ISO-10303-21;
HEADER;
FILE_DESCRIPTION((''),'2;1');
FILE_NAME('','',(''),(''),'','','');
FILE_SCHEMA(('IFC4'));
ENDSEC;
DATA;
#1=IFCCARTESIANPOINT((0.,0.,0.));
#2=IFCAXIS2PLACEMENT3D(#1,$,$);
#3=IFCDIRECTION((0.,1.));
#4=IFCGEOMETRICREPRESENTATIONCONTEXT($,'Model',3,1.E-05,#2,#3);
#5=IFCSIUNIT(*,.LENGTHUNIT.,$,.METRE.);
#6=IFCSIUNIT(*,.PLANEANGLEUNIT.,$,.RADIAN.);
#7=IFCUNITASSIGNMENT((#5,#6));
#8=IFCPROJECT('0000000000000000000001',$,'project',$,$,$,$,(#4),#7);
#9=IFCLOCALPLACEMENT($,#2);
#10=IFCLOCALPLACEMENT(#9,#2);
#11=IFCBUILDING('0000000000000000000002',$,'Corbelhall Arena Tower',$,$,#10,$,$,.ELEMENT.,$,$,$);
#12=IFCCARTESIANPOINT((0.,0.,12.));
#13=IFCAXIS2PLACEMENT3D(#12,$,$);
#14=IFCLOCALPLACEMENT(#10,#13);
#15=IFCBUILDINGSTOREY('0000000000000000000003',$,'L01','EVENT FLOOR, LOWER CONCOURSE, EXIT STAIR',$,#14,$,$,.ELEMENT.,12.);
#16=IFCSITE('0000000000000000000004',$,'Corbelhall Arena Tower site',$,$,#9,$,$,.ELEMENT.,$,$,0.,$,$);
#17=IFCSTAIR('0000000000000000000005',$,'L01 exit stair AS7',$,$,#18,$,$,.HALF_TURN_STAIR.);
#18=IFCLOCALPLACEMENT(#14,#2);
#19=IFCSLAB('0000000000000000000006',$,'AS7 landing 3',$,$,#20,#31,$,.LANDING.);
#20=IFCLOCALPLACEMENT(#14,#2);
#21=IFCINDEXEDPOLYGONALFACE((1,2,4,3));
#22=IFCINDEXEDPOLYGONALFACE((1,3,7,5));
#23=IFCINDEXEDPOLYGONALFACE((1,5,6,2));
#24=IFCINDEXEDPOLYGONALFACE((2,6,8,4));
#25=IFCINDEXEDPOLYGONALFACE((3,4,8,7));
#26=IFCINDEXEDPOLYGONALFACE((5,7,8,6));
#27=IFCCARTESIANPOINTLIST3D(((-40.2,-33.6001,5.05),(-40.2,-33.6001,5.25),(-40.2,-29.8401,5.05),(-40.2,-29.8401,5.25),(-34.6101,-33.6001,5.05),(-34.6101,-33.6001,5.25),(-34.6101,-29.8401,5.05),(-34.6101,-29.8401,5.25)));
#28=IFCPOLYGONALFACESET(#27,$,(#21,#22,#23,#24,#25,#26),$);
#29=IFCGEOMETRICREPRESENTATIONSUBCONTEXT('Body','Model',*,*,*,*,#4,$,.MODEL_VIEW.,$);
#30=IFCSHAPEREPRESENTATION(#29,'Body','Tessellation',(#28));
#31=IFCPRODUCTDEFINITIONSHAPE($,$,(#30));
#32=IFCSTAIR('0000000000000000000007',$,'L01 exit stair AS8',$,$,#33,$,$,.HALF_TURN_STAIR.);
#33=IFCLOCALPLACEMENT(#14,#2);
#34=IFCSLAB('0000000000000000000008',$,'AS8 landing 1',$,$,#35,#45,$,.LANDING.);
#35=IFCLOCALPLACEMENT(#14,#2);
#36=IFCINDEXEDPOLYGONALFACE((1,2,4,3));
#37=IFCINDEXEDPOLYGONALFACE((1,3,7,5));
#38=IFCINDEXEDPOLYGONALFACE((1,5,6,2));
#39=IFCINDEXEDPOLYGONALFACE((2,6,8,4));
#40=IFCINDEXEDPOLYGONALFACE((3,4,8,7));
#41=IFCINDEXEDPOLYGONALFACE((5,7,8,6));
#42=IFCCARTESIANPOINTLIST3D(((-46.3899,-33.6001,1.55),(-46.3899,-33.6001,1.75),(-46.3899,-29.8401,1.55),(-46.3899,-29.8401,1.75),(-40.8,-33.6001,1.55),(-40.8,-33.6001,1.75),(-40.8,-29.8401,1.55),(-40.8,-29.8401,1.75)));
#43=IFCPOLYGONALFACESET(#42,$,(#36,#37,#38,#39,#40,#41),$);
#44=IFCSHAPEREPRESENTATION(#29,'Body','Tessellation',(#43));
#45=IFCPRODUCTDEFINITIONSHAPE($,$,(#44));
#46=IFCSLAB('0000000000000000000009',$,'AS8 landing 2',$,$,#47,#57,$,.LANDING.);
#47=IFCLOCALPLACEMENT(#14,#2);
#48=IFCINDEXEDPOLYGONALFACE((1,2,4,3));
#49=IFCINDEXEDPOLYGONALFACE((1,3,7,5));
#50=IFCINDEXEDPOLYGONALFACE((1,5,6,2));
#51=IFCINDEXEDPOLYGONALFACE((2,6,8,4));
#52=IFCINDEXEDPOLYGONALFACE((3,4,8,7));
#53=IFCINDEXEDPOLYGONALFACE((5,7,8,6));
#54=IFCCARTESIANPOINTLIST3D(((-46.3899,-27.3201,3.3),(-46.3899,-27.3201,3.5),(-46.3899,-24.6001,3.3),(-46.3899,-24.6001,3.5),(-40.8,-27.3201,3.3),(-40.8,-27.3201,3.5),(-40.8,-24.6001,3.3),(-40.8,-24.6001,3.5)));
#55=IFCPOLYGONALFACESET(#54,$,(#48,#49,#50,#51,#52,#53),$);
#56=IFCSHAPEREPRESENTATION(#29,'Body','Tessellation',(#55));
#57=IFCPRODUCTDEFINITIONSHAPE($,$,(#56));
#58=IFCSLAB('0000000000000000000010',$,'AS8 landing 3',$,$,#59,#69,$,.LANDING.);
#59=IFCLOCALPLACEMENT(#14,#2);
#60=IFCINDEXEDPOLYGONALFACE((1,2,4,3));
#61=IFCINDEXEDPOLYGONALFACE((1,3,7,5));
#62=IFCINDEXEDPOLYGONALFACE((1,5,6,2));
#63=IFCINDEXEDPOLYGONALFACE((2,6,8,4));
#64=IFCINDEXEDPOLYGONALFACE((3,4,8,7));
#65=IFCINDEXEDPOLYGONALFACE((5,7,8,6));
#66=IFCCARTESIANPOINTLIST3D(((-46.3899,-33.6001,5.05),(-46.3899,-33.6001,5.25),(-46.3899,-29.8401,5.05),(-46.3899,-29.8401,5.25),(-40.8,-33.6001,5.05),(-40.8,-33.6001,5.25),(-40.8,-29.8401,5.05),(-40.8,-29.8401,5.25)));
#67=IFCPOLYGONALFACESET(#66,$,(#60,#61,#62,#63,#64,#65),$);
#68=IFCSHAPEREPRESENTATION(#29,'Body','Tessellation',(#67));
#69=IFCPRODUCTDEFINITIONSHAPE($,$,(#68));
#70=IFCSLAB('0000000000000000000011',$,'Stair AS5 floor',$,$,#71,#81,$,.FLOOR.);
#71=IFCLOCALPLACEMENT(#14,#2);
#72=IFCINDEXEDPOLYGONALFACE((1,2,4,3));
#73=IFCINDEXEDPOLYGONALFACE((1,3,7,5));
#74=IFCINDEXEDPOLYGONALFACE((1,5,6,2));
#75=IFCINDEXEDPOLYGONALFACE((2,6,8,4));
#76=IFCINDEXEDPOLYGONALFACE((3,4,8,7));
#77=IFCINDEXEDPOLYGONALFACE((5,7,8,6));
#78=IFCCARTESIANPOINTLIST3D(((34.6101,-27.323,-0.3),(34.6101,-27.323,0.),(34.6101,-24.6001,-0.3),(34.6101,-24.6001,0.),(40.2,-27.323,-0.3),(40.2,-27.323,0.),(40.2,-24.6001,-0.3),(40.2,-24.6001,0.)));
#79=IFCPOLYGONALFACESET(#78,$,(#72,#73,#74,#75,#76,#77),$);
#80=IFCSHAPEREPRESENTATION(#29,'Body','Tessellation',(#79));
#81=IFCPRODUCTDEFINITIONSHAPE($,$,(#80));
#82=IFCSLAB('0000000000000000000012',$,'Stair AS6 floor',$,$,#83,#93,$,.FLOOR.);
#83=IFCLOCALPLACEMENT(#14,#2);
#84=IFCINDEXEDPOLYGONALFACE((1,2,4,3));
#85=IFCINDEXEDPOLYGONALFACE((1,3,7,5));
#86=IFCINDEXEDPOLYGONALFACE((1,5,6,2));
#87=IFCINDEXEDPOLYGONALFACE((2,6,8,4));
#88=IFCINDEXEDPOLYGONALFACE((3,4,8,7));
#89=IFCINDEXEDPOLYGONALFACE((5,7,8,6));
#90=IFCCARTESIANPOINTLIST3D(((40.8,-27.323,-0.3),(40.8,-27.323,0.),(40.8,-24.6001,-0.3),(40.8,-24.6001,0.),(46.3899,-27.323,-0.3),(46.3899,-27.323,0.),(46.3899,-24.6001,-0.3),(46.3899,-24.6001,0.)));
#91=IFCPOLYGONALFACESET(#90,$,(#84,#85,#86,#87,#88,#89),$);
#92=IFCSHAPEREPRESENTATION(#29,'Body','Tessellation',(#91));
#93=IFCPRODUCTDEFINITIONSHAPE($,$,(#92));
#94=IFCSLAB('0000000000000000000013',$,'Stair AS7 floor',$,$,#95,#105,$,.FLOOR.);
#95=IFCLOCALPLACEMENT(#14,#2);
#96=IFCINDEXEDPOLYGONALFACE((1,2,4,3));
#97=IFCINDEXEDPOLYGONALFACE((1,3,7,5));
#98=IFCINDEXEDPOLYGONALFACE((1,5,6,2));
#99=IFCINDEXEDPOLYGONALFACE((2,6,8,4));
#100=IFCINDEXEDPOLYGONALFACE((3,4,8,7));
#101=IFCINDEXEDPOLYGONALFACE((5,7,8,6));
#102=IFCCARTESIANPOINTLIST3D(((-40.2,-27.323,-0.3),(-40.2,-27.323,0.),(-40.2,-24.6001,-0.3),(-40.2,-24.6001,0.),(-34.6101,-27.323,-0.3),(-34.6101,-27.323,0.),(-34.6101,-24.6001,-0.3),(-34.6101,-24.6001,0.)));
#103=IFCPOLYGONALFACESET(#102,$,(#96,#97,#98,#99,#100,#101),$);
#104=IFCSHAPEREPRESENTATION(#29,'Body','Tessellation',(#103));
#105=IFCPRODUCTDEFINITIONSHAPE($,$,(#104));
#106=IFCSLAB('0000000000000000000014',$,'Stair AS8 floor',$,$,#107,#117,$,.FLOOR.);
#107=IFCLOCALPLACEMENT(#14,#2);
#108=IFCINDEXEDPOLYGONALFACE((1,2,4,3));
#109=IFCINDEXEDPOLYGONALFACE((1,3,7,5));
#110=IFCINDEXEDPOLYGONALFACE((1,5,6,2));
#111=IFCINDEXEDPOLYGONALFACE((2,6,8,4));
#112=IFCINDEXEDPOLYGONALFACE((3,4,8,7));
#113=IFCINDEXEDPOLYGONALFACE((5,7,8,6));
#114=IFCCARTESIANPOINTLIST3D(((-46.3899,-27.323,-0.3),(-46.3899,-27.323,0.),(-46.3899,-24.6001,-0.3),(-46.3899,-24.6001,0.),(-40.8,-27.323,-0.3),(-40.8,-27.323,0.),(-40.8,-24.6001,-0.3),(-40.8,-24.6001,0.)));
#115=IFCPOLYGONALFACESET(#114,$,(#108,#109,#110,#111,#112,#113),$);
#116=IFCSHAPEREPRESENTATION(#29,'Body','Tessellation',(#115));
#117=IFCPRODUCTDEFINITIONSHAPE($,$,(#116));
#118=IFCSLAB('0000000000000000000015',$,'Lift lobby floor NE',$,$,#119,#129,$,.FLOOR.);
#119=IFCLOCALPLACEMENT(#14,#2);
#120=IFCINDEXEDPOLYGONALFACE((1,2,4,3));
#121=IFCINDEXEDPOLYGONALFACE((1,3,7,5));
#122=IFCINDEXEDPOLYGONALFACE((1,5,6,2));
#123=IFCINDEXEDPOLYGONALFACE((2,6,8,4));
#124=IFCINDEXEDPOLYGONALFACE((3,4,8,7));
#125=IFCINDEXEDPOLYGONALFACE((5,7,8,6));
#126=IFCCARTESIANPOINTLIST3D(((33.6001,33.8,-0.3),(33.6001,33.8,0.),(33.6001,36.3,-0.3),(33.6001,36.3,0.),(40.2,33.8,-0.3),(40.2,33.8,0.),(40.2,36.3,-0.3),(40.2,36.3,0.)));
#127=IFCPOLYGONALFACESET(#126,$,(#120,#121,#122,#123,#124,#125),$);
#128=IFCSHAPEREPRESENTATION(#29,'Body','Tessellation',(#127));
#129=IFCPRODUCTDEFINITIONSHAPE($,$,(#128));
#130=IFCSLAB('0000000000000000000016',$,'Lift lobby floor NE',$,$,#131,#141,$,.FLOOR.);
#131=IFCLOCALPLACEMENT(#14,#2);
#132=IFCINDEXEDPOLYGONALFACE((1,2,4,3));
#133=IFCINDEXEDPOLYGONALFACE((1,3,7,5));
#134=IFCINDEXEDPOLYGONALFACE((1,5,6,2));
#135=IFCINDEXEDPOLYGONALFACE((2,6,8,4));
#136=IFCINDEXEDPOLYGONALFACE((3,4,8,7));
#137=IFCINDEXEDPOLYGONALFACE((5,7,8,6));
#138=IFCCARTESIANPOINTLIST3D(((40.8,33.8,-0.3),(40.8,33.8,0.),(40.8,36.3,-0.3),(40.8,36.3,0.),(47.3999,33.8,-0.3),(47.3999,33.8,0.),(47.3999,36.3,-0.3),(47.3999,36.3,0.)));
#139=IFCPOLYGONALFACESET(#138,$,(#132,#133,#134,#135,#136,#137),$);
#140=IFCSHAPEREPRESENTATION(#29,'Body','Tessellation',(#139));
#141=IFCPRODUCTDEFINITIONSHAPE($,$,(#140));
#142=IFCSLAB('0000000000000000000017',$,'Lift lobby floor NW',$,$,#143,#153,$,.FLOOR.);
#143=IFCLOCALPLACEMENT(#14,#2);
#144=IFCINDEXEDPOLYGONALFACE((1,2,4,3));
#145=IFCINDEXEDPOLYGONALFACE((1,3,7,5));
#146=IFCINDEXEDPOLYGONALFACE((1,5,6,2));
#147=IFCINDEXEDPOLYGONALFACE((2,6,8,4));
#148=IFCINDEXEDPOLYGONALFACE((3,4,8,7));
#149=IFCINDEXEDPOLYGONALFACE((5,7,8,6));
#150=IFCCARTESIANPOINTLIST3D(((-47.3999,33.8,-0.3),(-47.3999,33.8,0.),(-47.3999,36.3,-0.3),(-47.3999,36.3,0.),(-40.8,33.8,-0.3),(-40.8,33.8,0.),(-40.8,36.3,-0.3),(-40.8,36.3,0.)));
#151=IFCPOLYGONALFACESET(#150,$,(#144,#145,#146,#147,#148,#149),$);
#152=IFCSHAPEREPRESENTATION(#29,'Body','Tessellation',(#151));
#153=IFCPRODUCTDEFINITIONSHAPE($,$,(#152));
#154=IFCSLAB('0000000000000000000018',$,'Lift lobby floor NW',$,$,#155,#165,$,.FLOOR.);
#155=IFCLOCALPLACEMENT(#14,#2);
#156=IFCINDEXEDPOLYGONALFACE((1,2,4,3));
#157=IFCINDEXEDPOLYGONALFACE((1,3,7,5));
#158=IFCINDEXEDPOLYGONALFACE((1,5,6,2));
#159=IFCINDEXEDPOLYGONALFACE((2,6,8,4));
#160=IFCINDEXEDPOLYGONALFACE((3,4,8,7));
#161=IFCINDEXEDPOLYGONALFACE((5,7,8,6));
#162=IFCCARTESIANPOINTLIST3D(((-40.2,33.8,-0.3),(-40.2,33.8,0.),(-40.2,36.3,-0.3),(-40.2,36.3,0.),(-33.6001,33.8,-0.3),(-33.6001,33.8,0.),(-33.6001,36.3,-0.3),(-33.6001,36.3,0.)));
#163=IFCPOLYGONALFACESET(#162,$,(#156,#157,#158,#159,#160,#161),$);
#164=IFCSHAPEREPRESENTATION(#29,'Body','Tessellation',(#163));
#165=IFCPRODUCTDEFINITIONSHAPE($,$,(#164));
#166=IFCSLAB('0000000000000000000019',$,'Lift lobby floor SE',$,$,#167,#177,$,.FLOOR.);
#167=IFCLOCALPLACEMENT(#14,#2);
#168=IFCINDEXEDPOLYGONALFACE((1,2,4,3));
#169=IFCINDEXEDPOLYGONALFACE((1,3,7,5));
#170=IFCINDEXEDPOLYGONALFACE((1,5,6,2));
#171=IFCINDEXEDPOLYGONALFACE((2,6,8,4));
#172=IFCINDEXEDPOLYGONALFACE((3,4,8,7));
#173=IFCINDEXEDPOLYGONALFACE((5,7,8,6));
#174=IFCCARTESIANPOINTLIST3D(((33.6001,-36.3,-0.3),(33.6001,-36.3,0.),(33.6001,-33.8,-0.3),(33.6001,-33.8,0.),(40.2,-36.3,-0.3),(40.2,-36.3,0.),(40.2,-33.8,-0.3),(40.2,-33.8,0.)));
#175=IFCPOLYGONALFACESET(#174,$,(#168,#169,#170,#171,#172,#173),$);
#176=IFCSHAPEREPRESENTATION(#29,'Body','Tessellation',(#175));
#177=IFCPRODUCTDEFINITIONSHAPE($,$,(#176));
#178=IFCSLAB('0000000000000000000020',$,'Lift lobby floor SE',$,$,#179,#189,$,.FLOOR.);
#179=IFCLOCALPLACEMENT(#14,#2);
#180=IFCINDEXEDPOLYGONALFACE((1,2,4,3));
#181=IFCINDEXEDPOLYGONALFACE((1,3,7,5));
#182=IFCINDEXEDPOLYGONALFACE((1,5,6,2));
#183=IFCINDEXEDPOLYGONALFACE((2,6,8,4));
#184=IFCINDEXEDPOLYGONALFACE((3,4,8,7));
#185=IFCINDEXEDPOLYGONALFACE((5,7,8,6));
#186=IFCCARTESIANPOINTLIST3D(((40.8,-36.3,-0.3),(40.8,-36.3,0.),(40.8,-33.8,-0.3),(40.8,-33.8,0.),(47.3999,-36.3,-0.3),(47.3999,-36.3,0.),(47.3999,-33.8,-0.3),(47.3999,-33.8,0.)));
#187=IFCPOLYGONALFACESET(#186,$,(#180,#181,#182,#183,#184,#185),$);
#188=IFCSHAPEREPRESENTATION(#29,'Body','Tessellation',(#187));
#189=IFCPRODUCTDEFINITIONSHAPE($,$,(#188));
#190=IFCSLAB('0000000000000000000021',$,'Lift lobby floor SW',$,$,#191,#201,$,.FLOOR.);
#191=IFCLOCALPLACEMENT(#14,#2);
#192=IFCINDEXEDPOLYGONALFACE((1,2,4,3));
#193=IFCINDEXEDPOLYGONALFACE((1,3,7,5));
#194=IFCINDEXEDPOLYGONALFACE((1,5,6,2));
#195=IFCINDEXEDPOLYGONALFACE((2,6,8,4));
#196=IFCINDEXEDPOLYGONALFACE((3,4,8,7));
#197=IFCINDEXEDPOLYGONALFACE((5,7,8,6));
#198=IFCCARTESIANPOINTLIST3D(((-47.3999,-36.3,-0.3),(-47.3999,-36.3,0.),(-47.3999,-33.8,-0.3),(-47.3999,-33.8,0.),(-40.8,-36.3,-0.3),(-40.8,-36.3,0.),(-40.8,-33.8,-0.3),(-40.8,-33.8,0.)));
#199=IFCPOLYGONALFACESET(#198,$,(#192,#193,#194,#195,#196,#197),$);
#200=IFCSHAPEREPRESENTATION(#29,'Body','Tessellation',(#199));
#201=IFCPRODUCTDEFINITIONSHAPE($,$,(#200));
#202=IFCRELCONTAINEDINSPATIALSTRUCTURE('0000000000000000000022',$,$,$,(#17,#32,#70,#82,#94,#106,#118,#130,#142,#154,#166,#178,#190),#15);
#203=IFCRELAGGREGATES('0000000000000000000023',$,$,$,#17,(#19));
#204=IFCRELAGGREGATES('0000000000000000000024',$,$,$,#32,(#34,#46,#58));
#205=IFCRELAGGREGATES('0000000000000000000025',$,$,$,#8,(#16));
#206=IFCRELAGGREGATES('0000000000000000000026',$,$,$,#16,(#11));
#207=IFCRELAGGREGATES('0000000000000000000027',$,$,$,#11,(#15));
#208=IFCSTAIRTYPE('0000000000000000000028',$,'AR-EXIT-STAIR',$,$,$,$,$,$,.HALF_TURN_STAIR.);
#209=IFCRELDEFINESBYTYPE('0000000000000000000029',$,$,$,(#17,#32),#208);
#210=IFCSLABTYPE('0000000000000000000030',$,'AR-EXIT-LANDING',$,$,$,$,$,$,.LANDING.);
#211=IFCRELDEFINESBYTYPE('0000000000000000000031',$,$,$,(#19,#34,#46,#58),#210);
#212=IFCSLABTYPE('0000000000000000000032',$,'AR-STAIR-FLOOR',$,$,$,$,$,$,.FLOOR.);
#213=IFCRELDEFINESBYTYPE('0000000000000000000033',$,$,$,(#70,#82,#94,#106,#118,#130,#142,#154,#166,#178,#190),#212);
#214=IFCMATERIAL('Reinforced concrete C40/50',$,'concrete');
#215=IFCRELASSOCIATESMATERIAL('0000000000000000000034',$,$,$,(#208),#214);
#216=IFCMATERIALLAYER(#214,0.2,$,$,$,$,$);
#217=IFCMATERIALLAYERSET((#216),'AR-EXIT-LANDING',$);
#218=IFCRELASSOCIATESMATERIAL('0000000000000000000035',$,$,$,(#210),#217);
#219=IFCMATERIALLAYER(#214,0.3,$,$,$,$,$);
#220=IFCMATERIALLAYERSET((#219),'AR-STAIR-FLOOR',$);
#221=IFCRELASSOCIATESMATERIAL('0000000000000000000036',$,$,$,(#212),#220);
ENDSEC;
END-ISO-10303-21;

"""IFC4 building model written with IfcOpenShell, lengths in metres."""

from ifc_helpers import new_model, si_unit, direction, frame, origin, place, context, subcontext, project, spatial, polyline, outline, extrude, material, layer, layer_set, type_object, element, aggregate, save


model = new_model("IFC4")

# Units and contexts
model_context = context("Model", 3, precision=1e-05, world=origin(), true_north=direction((0.0, 1.0)))
body_context = subcontext(model_context, "Body", "Model", "MODEL_VIEW")
ifc_project = project(units=[si_unit("LENGTHUNIT", "METRE"), si_unit("PLANEANGLEUNIT", "RADIAN")], contexts=[model_context])

# Site, building, storey
site_placement = place(None, origin())
site = spatial("IfcSite", under=ifc_project, at=site_placement, Name="Corbelhall Arena Tower site", CompositionType="ELEMENT", RefElevation=0.0)
building_placement = place(site_placement, origin())
building = spatial("IfcBuilding", under=site, at=building_placement, Name="Corbelhall Arena Tower", CompositionType="ELEMENT")
storey_placement = place(building_placement, frame((0.0, 0.0, 12.0)))
storey = spatial("IfcBuildingStorey", under=building, at=storey_placement, Name="L01", Description="EVENT FLOOR, LOWER CONCOURSE, EXIT STAIR", CompositionType="ELEMENT", Elevation=12.0)

# Stairs, slabs
ifc_material_1 = material(Name="Reinforced concrete C40/50", Category="concrete")
stair_type = type_object("IfcStairType", Name="AR-EXIT-STAIR", PredefinedType="HALF_TURN_STAIR", material=ifc_material_1)
ifc_layer_1 = layer(ifc_material_1, 0.2)
ifc_layer_set_1 = layer_set([ifc_layer_1], Name="AR-EXIT-LANDING")
slab_type_1 = type_object("IfcSlabType", Name="AR-EXIT-LANDING", PredefinedType="LANDING", material=ifc_layer_set_1)
stair_1_placement = place(storey_placement, origin())
stair_1 = element("IfcStair", 1, at=stair_1_placement, inside=storey, type_object=stair_type, Name="L01 exit stair AS7", PredefinedType="HALF_TURN_STAIR")
slab_1_placement = place(storey_placement, frame((0.0, 0.0, 5.05)))
slab_1 = element("IfcSlab", 2, at=slab_1_placement, type_object=slab_type_1, Name="AS7 landing 3", PredefinedType="LANDING", context=body_context, shape_type="SweptSolid", body=[
    extrude(outline(polyline([(-40.2, -29.8401), (-40.2, -33.6001), (-34.6101, -33.6001), (-34.6101, -29.8401), (-40.2, -29.8401)])), origin(), (0.0, 0.0, 1.0), 0.2),
])
aggregate(stair_1, [slab_1])
stair_2_placement = place(storey_placement, origin())
stair_2 = element("IfcStair", 3, at=stair_2_placement, inside=storey, type_object=stair_type, Name="L01 exit stair AS8", PredefinedType="HALF_TURN_STAIR")
slab_2_placement = place(storey_placement, frame((0.0, 0.0, 1.55)))
slab_2 = element("IfcSlab", 4, at=slab_2_placement, type_object=slab_type_1, Name="AS8 landing 1", PredefinedType="LANDING", context=body_context, shape_type="SweptSolid", body=[
    extrude(outline(polyline([(-46.3899, -29.8401), (-46.3899, -33.6001), (-40.8, -33.6001), (-40.8, -29.8401), (-46.3899, -29.8401)])), origin(), (0.0, 0.0, 1.0), 0.2),
])
slab_3_placement = place(storey_placement, frame((0.0, 0.0, 3.3)))
slab_3 = element("IfcSlab", 5, at=slab_3_placement, type_object=slab_type_1, Name="AS8 landing 2", PredefinedType="LANDING", context=body_context, shape_type="SweptSolid", body=[
    extrude(outline(polyline([(-46.3899, -24.6001), (-46.3899, -27.3201), (-40.8, -27.3201), (-40.8, -24.6001), (-46.3899, -24.6001)])), origin(), (0.0, 0.0, 1.0), 0.2),
])
slab_4_placement = place(storey_placement, frame((0.0, 0.0, 5.05)))
slab_4 = element("IfcSlab", 6, at=slab_4_placement, type_object=slab_type_1, Name="AS8 landing 3", PredefinedType="LANDING", context=body_context, shape_type="SweptSolid", body=[
    extrude(outline(polyline([(-46.3899, -29.8401), (-46.3899, -33.6001), (-40.8, -33.6001), (-40.8, -29.8401), (-46.3899, -29.8401)])), origin(), (0.0, 0.0, 1.0), 0.2),
])
aggregate(stair_2, [slab_2, slab_3, slab_4])

# Slabs
ifc_layer_2 = layer(ifc_material_1, 0.3)
ifc_layer_set_2 = layer_set([ifc_layer_2], Name="AR-STAIR-FLOOR")
slab_type_2 = type_object("IfcSlabType", Name="AR-STAIR-FLOOR", PredefinedType="FLOOR", material=ifc_layer_set_2)
slab_5_placement = place(storey_placement, frame((0.0, 0.0, -0.3)))
element("IfcSlab", 7, at=slab_5_placement, inside=storey, type_object=slab_type_2, Name="Stair AS5 floor", PredefinedType="FLOOR", context=body_context, shape_type="SweptSolid", body=[
    extrude(outline(polyline([(34.6101, -24.6001), (40.2, -24.6001), (40.2, -27.323), (34.6101, -27.323), (34.6101, -24.6001)])), origin(), (0.0, 0.0, 1.0), 0.3),
])
slab_6_placement = place(storey_placement, frame((0.0, 0.0, -0.3)))
element("IfcSlab", 8, at=slab_6_placement, inside=storey, type_object=slab_type_2, Name="Stair AS6 floor", PredefinedType="FLOOR", context=body_context, shape_type="SweptSolid", body=[
    extrude(outline(polyline([(40.8, -24.6001), (46.3899, -24.6001), (46.3899, -27.323), (40.8, -27.323), (40.8, -24.6001)])), origin(), (0.0, 0.0, 1.0), 0.3),
])
slab_7_placement = place(storey_placement, frame((0.0, 0.0, -0.3)))
element("IfcSlab", 9, at=slab_7_placement, inside=storey, type_object=slab_type_2, Name="Stair AS7 floor", PredefinedType="FLOOR", context=body_context, shape_type="SweptSolid", body=[
    extrude(outline(polyline([(-40.2, -24.6001), (-34.6101, -24.6001), (-34.6101, -27.323), (-40.2, -27.323), (-40.2, -24.6001)])), origin(), (0.0, 0.0, 1.0), 0.3),
])
slab_8_placement = place(storey_placement, frame((0.0, 0.0, -0.3)))
element("IfcSlab", 10, at=slab_8_placement, inside=storey, type_object=slab_type_2, Name="Stair AS8 floor", PredefinedType="FLOOR", context=body_context, shape_type="SweptSolid", body=[
    extrude(outline(polyline([(-46.3899, -24.6001), (-40.8, -24.6001), (-40.8, -27.323), (-46.3899, -27.323), (-46.3899, -24.6001)])), origin(), (0.0, 0.0, 1.0), 0.3),
])
slab_9_placement = place(storey_placement, frame((0.0, 0.0, -0.3)))
element("IfcSlab", 11, at=slab_9_placement, inside=storey, type_object=slab_type_2, Name="Lift lobby floor NE", PredefinedType="FLOOR", context=body_context, shape_type="SweptSolid", body=[
    extrude(outline(polyline([(40.2, 33.8), (40.2, 36.3), (33.6001, 36.3), (33.6001, 33.8), (40.2, 33.8)])), origin(), (0.0, 0.0, 1.0), 0.3),
])
slab_10_placement = place(storey_placement, frame((0.0, 0.0, -0.3)))
element("IfcSlab", 12, at=slab_10_placement, inside=storey, type_object=slab_type_2, Name="Lift lobby floor NE", PredefinedType="FLOOR", context=body_context, shape_type="SweptSolid", body=[
    extrude(outline(polyline([(47.3999, 33.8), (47.3999, 36.3), (40.8, 36.3), (40.8, 33.8), (47.3999, 33.8)])), origin(), (0.0, 0.0, 1.0), 0.3),
])
slab_11_placement = place(storey_placement, frame((0.0, 0.0, -0.3)))
element("IfcSlab", 13, at=slab_11_placement, inside=storey, type_object=slab_type_2, Name="Lift lobby floor NW", PredefinedType="FLOOR", context=body_context, shape_type="SweptSolid", body=[
    extrude(outline(polyline([(-40.8, 33.8), (-40.8, 36.3), (-47.3999, 36.3), (-47.3999, 33.8), (-40.8, 33.8)])), origin(), (0.0, 0.0, 1.0), 0.3),
])
slab_12_placement = place(storey_placement, frame((0.0, 0.0, -0.3)))
element("IfcSlab", 14, at=slab_12_placement, inside=storey, type_object=slab_type_2, Name="Lift lobby floor NW", PredefinedType="FLOOR", context=body_context, shape_type="SweptSolid", body=[
    extrude(outline(polyline([(-33.6001, 33.8), (-33.6001, 36.3), (-40.2, 36.3), (-40.2, 33.8), (-33.6001, 33.8)])), origin(), (0.0, 0.0, 1.0), 0.3),
])
slab_13_placement = place(storey_placement, frame((0.0, 0.0, -0.3)))
element("IfcSlab", 15, at=slab_13_placement, inside=storey, type_object=slab_type_2, Name="Lift lobby floor SE", PredefinedType="FLOOR", context=body_context, shape_type="SweptSolid", body=[
    extrude(outline(polyline([(40.2, -36.3), (40.2, -33.8), (33.6001, -33.8), (33.6001, -36.3), (40.2, -36.3)])), origin(), (0.0, 0.0, 1.0), 0.3),
])
slab_14_placement = place(storey_placement, frame((0.0, 0.0, -0.3)))
element("IfcSlab", 16, at=slab_14_placement, inside=storey, type_object=slab_type_2, Name="Lift lobby floor SE", PredefinedType="FLOOR", context=body_context, shape_type="SweptSolid", body=[
    extrude(outline(polyline([(47.3999, -36.3), (47.3999, -33.8), (40.8, -33.8), (40.8, -36.3), (47.3999, -36.3)])), origin(), (0.0, 0.0, 1.0), 0.3),
])
slab_15_placement = place(storey_placement, frame((0.0, 0.0, -0.3)))
element("IfcSlab", 17, at=slab_15_placement, inside=storey, type_object=slab_type_2, Name="Lift lobby floor SW", PredefinedType="FLOOR", context=body_context, shape_type="SweptSolid", body=[
    extrude(outline(polyline([(-40.8, -36.3), (-40.8, -33.8), (-47.3999, -33.8), (-47.3999, -36.3), (-40.8, -36.3)])), origin(), (0.0, 0.0, 1.0), 0.3),
])

save(model, "model.ifc")
